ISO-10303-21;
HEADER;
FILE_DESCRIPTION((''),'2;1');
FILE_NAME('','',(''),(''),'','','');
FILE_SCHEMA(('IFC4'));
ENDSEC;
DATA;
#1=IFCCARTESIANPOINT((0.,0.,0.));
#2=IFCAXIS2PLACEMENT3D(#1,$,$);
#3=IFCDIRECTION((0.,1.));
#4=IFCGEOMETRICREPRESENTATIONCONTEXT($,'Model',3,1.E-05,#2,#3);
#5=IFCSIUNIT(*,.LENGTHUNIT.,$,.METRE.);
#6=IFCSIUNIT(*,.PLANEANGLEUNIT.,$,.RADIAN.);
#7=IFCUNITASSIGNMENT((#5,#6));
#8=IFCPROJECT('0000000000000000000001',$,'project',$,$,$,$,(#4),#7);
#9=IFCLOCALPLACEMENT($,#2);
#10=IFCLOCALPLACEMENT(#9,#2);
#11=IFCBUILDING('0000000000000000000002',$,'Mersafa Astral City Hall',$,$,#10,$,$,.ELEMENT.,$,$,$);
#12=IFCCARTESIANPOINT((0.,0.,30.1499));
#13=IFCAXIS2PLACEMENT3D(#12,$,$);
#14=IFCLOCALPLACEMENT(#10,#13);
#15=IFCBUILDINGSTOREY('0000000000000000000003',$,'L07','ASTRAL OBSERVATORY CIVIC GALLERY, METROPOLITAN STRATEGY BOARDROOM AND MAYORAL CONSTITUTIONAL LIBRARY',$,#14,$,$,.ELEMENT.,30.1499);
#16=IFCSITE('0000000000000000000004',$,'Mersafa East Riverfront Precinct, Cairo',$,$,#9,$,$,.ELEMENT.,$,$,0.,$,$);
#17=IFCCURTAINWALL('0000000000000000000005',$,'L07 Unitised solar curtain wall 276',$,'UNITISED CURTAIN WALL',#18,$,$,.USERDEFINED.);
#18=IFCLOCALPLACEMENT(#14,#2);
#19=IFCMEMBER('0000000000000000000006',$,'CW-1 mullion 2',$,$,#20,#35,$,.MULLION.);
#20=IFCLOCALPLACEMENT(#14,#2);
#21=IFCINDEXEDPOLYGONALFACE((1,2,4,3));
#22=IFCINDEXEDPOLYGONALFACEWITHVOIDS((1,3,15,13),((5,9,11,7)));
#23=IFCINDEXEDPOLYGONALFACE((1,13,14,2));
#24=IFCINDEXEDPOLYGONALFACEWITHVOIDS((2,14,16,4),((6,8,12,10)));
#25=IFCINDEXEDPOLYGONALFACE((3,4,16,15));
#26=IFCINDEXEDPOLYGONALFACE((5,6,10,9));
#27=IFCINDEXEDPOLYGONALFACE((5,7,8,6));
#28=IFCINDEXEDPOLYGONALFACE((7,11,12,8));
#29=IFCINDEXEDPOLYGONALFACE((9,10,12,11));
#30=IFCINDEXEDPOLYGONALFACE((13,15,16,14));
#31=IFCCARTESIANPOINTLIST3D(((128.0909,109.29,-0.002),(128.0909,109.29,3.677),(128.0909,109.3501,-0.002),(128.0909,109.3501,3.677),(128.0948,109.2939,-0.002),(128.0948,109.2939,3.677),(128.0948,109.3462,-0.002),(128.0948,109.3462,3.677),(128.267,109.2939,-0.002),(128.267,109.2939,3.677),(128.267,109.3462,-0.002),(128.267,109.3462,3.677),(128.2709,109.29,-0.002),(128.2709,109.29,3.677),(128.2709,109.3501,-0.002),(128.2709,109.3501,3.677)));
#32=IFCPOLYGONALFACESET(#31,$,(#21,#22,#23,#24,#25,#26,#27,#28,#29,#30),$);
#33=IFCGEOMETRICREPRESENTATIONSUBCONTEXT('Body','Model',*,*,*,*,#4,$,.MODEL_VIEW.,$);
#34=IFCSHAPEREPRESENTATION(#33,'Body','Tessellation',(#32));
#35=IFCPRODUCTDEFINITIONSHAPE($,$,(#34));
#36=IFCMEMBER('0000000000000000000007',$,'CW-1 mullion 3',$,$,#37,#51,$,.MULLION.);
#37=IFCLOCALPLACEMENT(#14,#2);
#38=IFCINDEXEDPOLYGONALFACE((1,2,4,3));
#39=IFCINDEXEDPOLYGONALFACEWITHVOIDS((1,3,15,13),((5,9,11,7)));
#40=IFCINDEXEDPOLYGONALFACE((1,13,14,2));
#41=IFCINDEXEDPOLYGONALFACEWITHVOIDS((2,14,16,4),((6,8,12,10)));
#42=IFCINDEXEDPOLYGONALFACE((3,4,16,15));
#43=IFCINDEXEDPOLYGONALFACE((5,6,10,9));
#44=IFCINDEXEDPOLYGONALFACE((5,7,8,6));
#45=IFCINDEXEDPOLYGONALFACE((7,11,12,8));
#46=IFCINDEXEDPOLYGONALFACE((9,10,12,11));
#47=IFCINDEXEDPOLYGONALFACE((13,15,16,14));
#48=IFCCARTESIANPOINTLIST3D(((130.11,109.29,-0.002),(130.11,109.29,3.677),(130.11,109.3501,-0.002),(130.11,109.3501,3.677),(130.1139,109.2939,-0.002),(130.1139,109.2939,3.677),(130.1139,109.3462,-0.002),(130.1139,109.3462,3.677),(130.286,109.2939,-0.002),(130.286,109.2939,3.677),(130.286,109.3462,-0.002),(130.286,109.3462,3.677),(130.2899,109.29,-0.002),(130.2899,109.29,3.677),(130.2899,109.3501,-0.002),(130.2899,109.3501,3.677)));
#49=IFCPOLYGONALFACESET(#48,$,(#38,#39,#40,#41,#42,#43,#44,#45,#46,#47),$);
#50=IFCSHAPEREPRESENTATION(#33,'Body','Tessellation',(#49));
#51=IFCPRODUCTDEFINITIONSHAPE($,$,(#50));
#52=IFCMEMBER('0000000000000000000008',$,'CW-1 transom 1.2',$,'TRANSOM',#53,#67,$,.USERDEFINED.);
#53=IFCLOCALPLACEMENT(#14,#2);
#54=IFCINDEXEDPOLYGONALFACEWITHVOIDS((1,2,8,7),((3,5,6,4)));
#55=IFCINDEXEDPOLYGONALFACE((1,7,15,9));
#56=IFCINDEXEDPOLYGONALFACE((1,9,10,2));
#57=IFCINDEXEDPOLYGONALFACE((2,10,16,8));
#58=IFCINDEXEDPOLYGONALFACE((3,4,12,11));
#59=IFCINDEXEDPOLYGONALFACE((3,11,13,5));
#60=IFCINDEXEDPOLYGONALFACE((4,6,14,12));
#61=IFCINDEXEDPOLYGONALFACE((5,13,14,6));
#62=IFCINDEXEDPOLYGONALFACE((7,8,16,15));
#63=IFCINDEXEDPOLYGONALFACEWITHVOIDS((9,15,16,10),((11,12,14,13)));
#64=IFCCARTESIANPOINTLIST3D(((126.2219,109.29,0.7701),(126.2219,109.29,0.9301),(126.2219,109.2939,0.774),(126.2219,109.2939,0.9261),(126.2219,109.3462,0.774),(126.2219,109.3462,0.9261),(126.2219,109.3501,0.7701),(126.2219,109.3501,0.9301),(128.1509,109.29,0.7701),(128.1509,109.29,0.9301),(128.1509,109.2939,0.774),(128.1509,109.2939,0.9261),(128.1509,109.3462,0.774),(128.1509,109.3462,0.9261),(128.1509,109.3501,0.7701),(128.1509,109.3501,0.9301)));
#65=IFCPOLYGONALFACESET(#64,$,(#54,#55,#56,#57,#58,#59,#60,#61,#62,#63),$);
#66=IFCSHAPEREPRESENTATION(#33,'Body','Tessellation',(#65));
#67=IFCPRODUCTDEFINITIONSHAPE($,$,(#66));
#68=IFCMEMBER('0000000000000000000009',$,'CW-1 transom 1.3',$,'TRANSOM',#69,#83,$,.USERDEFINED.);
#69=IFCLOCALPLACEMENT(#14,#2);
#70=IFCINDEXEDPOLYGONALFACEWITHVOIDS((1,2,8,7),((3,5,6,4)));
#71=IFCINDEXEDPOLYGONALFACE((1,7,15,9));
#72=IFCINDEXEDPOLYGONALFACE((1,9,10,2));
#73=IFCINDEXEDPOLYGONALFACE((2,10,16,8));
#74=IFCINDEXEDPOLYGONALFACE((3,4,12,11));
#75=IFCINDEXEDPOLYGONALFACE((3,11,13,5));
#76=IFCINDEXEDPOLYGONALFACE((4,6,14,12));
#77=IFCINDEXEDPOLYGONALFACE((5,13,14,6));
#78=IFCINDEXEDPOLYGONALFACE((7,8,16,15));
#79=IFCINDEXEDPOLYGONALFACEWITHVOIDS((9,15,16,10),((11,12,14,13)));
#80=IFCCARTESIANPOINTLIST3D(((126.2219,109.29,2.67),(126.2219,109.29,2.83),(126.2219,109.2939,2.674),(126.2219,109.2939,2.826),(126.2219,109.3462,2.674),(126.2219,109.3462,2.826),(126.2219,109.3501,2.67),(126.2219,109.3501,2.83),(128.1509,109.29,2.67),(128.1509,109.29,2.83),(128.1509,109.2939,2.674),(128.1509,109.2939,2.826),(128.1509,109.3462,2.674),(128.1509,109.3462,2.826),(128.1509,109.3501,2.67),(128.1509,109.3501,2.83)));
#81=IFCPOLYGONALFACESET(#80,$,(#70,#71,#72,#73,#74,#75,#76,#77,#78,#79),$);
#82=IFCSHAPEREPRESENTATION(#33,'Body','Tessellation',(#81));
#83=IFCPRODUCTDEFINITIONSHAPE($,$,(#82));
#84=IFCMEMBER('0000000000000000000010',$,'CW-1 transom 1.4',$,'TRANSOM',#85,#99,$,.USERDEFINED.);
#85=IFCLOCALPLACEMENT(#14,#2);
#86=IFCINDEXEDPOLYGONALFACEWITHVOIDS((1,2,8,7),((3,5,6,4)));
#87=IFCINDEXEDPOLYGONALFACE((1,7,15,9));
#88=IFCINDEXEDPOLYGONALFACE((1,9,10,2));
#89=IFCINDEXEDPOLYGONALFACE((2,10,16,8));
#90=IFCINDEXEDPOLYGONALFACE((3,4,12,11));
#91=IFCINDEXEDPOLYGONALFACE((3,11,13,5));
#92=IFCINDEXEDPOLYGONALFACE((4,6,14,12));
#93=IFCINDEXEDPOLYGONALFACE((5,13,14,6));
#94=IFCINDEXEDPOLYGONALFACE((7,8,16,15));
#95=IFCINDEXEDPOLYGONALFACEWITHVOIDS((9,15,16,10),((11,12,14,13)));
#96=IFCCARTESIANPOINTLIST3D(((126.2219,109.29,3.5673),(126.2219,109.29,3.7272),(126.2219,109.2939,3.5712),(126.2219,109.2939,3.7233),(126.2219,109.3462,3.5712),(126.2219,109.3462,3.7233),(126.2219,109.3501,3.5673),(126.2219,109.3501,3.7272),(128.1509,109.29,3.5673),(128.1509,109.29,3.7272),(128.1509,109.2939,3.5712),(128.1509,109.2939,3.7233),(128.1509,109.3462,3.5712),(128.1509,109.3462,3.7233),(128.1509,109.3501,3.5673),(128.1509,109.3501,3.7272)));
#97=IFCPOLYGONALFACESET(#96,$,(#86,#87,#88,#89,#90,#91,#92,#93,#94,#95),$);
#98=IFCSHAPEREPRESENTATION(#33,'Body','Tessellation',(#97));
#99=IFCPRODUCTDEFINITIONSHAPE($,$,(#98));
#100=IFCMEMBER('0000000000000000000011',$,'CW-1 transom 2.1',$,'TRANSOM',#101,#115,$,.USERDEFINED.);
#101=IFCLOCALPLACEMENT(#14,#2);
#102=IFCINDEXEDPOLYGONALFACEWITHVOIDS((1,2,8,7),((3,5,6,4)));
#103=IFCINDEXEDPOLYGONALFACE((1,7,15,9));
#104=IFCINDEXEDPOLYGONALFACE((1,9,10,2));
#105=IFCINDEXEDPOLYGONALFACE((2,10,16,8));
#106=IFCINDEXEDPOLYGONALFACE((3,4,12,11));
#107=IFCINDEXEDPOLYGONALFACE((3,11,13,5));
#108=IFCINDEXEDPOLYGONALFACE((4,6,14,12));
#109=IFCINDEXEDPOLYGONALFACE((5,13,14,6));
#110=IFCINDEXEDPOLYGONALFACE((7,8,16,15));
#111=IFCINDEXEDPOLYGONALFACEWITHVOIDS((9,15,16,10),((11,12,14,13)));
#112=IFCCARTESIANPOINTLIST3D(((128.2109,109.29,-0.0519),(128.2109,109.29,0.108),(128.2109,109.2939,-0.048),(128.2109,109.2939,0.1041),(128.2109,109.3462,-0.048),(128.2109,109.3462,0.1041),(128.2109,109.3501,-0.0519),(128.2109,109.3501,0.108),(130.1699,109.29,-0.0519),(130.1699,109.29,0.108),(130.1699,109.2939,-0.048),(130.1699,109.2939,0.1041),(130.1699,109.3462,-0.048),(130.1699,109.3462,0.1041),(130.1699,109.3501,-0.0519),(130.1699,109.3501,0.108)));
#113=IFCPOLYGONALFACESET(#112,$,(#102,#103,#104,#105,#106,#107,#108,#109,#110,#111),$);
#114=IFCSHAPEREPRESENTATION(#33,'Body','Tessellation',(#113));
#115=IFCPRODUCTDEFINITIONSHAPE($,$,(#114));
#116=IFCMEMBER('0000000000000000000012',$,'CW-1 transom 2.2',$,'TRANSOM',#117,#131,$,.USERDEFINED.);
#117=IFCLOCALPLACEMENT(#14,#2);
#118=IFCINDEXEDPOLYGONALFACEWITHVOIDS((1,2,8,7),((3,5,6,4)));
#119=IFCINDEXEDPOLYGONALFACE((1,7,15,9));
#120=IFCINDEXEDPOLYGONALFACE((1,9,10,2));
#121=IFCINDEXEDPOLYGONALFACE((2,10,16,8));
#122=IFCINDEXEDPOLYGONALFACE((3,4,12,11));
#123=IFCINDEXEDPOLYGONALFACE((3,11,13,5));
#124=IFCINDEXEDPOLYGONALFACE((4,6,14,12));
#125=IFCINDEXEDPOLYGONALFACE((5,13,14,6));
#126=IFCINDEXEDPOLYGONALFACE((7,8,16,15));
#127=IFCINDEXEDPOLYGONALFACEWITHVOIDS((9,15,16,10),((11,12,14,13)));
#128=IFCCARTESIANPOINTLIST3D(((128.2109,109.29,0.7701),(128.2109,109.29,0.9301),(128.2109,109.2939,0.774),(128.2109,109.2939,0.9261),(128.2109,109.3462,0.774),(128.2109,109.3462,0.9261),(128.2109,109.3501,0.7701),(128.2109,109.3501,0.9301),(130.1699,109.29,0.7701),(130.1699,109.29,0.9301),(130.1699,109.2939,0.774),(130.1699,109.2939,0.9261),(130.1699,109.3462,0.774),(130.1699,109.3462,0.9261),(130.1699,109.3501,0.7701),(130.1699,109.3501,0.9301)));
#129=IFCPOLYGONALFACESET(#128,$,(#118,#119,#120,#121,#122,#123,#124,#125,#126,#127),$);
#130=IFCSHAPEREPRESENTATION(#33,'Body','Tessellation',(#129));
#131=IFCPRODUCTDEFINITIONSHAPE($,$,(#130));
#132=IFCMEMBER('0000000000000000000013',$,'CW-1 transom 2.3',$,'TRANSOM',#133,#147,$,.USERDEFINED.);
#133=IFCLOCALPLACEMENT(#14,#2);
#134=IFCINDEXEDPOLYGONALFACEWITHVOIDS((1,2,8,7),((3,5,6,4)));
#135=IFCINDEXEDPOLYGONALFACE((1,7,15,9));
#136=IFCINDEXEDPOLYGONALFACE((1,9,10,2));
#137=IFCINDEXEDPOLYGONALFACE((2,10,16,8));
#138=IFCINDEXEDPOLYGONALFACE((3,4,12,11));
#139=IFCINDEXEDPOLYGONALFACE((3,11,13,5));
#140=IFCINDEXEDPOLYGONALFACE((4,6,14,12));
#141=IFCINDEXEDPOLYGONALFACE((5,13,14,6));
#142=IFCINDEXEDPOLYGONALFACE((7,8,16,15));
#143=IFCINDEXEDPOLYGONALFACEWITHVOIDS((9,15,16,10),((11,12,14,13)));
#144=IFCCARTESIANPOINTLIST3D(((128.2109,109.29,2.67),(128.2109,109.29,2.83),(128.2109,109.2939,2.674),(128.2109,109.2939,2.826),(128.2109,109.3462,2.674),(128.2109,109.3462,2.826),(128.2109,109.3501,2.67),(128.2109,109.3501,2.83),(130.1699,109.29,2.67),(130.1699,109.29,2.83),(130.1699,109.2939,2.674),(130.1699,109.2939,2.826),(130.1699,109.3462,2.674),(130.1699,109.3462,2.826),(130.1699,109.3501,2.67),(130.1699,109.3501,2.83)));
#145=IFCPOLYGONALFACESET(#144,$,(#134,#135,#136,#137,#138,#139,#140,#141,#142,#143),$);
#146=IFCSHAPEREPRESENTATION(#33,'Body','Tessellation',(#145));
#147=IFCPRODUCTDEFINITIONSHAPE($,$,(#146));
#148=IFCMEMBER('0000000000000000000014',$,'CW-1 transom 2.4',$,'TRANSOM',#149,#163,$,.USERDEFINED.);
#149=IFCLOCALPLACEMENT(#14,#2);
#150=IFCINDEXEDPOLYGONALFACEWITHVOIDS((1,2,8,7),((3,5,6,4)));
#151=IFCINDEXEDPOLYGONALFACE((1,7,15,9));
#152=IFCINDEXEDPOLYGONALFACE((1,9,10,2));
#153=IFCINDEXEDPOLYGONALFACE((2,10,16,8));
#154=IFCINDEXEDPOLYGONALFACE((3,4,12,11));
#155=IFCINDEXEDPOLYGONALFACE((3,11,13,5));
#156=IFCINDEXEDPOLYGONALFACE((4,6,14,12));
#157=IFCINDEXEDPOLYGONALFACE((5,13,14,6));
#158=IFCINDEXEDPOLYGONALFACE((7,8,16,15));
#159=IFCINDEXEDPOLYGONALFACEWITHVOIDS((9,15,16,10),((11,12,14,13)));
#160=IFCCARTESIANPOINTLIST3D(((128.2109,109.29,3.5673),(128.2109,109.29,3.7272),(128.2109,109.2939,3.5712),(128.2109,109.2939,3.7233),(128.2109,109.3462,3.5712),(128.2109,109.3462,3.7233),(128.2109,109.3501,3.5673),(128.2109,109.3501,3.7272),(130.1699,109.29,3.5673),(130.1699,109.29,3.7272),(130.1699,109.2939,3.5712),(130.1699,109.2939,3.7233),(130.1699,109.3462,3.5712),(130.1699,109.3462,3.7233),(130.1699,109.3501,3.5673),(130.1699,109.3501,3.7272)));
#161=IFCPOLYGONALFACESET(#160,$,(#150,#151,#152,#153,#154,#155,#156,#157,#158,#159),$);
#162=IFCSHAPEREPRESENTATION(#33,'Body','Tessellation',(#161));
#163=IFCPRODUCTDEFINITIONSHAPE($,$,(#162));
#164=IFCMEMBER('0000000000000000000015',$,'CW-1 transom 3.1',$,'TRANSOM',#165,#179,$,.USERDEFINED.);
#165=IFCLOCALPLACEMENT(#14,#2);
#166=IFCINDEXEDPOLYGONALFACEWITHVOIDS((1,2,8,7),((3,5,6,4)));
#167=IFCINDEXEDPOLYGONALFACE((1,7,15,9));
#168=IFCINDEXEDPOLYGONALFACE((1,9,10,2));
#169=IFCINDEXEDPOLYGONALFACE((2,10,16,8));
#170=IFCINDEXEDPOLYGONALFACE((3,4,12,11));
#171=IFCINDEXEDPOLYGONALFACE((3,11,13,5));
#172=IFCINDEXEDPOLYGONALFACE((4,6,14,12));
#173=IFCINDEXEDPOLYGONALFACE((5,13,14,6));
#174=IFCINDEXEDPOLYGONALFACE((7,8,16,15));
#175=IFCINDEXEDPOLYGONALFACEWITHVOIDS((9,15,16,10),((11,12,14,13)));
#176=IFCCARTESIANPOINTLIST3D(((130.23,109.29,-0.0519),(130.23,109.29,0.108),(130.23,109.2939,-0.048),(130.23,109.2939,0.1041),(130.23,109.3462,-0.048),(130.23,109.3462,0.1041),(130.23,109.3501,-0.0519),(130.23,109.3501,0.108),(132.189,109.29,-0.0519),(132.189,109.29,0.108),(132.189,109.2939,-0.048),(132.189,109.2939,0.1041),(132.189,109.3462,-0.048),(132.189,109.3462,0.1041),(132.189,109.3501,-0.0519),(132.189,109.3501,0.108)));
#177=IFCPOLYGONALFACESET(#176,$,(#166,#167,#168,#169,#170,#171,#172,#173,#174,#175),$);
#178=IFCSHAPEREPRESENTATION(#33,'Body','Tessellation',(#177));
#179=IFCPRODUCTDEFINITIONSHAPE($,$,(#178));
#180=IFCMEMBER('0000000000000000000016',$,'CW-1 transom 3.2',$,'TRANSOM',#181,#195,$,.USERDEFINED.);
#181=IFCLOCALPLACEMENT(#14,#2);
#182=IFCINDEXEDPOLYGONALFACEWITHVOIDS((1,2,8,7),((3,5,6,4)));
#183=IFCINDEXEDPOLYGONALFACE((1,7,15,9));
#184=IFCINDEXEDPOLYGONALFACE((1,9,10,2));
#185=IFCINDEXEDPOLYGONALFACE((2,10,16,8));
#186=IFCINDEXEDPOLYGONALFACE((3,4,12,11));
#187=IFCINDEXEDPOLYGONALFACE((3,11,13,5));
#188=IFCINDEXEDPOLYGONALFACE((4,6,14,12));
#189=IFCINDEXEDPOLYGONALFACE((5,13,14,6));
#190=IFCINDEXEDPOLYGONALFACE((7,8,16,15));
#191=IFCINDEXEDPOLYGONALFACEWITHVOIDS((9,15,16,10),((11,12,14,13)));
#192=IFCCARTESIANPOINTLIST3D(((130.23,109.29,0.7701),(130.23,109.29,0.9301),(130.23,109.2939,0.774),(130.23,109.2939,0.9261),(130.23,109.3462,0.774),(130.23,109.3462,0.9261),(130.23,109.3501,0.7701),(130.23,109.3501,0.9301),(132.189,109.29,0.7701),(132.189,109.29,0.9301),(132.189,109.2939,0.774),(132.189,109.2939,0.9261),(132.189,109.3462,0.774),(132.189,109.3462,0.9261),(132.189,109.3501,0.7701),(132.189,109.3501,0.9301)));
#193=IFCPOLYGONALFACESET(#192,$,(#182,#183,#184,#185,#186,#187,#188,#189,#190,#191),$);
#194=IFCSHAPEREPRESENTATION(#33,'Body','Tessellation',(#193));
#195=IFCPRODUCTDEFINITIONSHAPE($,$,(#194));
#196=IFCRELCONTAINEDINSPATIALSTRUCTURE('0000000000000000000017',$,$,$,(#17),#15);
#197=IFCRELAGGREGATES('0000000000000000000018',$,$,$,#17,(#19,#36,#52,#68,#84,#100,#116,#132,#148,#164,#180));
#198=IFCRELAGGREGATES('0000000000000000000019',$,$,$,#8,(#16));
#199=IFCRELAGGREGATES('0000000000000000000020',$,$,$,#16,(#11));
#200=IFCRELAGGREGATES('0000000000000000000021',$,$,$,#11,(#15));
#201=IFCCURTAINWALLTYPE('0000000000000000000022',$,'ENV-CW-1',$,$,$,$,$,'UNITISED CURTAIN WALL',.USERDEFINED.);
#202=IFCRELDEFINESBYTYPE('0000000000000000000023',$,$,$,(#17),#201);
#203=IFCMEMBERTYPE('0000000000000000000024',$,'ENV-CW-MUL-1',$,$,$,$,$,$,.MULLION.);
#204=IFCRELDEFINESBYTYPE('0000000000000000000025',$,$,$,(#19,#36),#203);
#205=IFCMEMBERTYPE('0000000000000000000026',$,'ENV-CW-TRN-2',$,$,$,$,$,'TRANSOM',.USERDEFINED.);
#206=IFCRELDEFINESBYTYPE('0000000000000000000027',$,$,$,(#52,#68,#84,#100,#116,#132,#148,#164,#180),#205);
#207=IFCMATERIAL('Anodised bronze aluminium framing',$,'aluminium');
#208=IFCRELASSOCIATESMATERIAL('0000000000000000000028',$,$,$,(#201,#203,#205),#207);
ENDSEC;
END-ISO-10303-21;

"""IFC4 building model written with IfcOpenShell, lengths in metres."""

from ifc_helpers import new_model, si_unit, direction, frame, origin, origin_2d, place, context, subcontext, project, spatial, hollow_rectangle, extrude, material, material_profile, profile_set, type_object, element, aggregate, save


model = new_model("IFC4")

# Units and contexts
model_context = context("Model", 3, precision=1e-05, world=origin(), true_north=direction((0.0, 1.0)))
body_context = subcontext(model_context, "Body", "Model", "MODEL_VIEW")
ifc_project = project(units=[si_unit("LENGTHUNIT", "METRE"), si_unit("PLANEANGLEUNIT", "RADIAN")], contexts=[model_context])

# Site, building, storey
site_placement = place(None, origin())
site = spatial("IfcSite", under=ifc_project, at=site_placement, Name="Mersafa East Riverfront Precinct, Cairo", CompositionType="ELEMENT", RefElevation=0.0)
building_placement = place(site_placement, origin())
building = spatial("IfcBuilding", under=site, at=building_placement, Name="Mersafa Astral City Hall", CompositionType="ELEMENT")
storey_placement = place(building_placement, frame((0.0, 0.0, 30.1499)))
storey = spatial("IfcBuildingStorey", under=building, at=storey_placement, Name="L07", Description="ASTRAL OBSERVATORY CIVIC GALLERY, METROPOLITAN STRATEGY BOARDROOM AND MAYORAL CONSTITUTIONAL LIBRARY", CompositionType="ELEMENT", Elevation=30.1499)

# Curtain wall, members
ifc_material_1 = material(Name="Anodised bronze aluminium framing", Category="aluminium")
curtain_wall_type = type_object("IfcCurtainWallType", Name="ENV-CW-1", ElementType="UNITISED CURTAIN WALL", PredefinedType="USERDEFINED", material=ifc_material_1)
curtain_wall_placement = place(storey_placement, origin())
curtain_wall = element("IfcCurtainWall", 1, at=curtain_wall_placement, inside=storey, type_object=curtain_wall_type, Name="L07 Unitised solar curtain wall 276", ObjectType="UNITISED CURTAIN WALL", PredefinedType="USERDEFINED")
ifc_material_profile_1 = material_profile(ifc_material_1, hollow_rectangle(XDim=0.0601, YDim=0.1799, WallThickness=0.0039, at=origin_2d()), Name="RHS 60x180x4")
ifc_profile_set_1 = profile_set([ifc_material_profile_1], Name="Anodised bronze aluminium framing")
member_type_1 = type_object("IfcMemberType", Name="ENV-CW-MUL-1", PredefinedType="MULLION", material=ifc_profile_set_1)
member_1_placement = place(storey_placement, frame((128.1809, 109.3201, -0.002), z_axis=(0.0, 0.0, 1.0), x_axis=(0.0, 1.0, 0.0)))
member_1 = element("IfcMember", 2, at=member_1_placement, type_object=member_type_1, Name="CW-1 mullion 2", PredefinedType="MULLION", context=body_context, shape_type="SweptSolid", body=[
    extrude(hollow_rectangle(XDim=0.0601, YDim=0.1799, WallThickness=0.0039, at=origin_2d()), origin(), (0.0, 0.0, 1.0), 3.679),
])
member_2_placement = place(storey_placement, frame((130.2, 109.3201, -0.002), z_axis=(0.0, 0.0, 1.0), x_axis=(0.0, 1.0, 0.0)))
member_2 = element("IfcMember", 3, at=member_2_placement, type_object=member_type_1, Name="CW-1 mullion 3", PredefinedType="MULLION", context=body_context, shape_type="SweptSolid", body=[
    extrude(hollow_rectangle(XDim=0.0601, YDim=0.1799, WallThickness=0.0039, at=origin_2d()), origin(), (0.0, 0.0, 1.0), 3.679),
])
ifc_material_profile_2 = material_profile(ifc_material_1, hollow_rectangle(XDim=0.0601, YDim=0.1599, WallThickness=0.0039, at=origin_2d()), Name="RHS 60x160x4")
ifc_profile_set_2 = profile_set([ifc_material_profile_2], Name="Anodised bronze aluminium framing")
member_type_2 = type_object("IfcMemberType", Name="ENV-CW-TRN-2", ElementType="TRANSOM", PredefinedType="USERDEFINED", material=ifc_profile_set_2)
member_3_placement = place(storey_placement, frame((126.2219, 109.3201, 0.8501), z_axis=(1.0, 0.0, 0.0), x_axis=(0.0, 1.0, 0.0)))
member_3 = element("IfcMember", 4, at=member_3_placement, type_object=member_type_2, Name="CW-1 transom 1.2", ObjectType="TRANSOM", PredefinedType="USERDEFINED", context=body_context, shape_type="SweptSolid", body=[
    extrude(hollow_rectangle(XDim=0.0601, YDim=0.1599, WallThickness=0.0039, at=origin_2d()), origin(), (0.0, 0.0, 1.0), 1.929),
])
member_4_placement = place(storey_placement, frame((126.2219, 109.3201, 2.75), z_axis=(1.0, 0.0, 0.0), x_axis=(0.0, 1.0, 0.0)))
member_4 = element("IfcMember", 5, at=member_4_placement, type_object=member_type_2, Name="CW-1 transom 1.3", ObjectType="TRANSOM", PredefinedType="USERDEFINED", context=body_context, shape_type="SweptSolid", body=[
    extrude(hollow_rectangle(XDim=0.0601, YDim=0.1599, WallThickness=0.0039, at=origin_2d()), origin(), (0.0, 0.0, 1.0), 1.929),
])
member_5_placement = place(storey_placement, frame((126.2219, 109.3201, 3.6472), z_axis=(1.0, 0.0, 0.0), x_axis=(0.0, 1.0, 0.0)))
member_5 = element("IfcMember", 6, at=member_5_placement, type_object=member_type_2, Name="CW-1 transom 1.4", ObjectType="TRANSOM", PredefinedType="USERDEFINED", context=body_context, shape_type="SweptSolid", body=[
    extrude(hollow_rectangle(XDim=0.0601, YDim=0.1599, WallThickness=0.0039, at=origin_2d()), origin(), (0.0, 0.0, 1.0), 1.929),
])
member_6_placement = place(storey_placement, frame((128.2109, 109.3201, 0.0281), z_axis=(1.0, 0.0, 0.0), x_axis=(0.0, 1.0, 0.0)))
member_6 = element("IfcMember", 7, at=member_6_placement, type_object=member_type_2, Name="CW-1 transom 2.1", ObjectType="TRANSOM", PredefinedType="USERDEFINED", context=body_context, shape_type="SweptSolid", body=[
    extrude(hollow_rectangle(XDim=0.0601, YDim=0.1599, WallThickness=0.0039, at=origin_2d()), origin(), (0.0, 0.0, 1.0), 1.959),
])
member_7_placement = place(storey_placement, frame((128.2109, 109.3201, 0.8501), z_axis=(1.0, 0.0, 0.0), x_axis=(0.0, 1.0, 0.0)))
member_7 = element("IfcMember", 8, at=member_7_placement, type_object=member_type_2, Name="CW-1 transom 2.2", ObjectType="TRANSOM", PredefinedType="USERDEFINED", context=body_context, shape_type="SweptSolid", body=[
    extrude(hollow_rectangle(XDim=0.0601, YDim=0.1599, WallThickness=0.0039, at=origin_2d()), origin(), (0.0, 0.0, 1.0), 1.959),
])
member_8_placement = place(storey_placement, frame((128.2109, 109.3201, 2.75), z_axis=(1.0, 0.0, 0.0), x_axis=(0.0, 1.0, 0.0)))
member_8 = element("IfcMember", 9, at=member_8_placement, type_object=member_type_2, Name="CW-1 transom 2.3", ObjectType="TRANSOM", PredefinedType="USERDEFINED", context=body_context, shape_type="SweptSolid", body=[
    extrude(hollow_rectangle(XDim=0.0601, YDim=0.1599, WallThickness=0.0039, at=origin_2d()), origin(), (0.0, 0.0, 1.0), 1.959),
])
member_9_placement = place(storey_placement, frame((128.2109, 109.3201, 3.6472), z_axis=(1.0, 0.0, 0.0), x_axis=(0.0, 1.0, 0.0)))
member_9 = element("IfcMember", 10, at=member_9_placement, type_object=member_type_2, Name="CW-1 transom 2.4", ObjectType="TRANSOM", PredefinedType="USERDEFINED", context=body_context, shape_type="SweptSolid", body=[
    extrude(hollow_rectangle(XDim=0.0601, YDim=0.1599, WallThickness=0.0039, at=origin_2d()), origin(), (0.0, 0.0, 1.0), 1.959),
])
member_10_placement = place(storey_placement, frame((130.23, 109.3201, 0.0281), z_axis=(1.0, 0.0, 0.0), x_axis=(0.0, 1.0, 0.0)))
member_10 = element("IfcMember", 11, at=member_10_placement, type_object=member_type_2, Name="CW-1 transom 3.1", ObjectType="TRANSOM", PredefinedType="USERDEFINED", context=body_context, shape_type="SweptSolid", body=[
    extrude(hollow_rectangle(XDim=0.0601, YDim=0.1599, WallThickness=0.0039, at=origin_2d()), origin(), (0.0, 0.0, 1.0), 1.959),
])
member_11_placement = place(storey_placement, frame((130.23, 109.3201, 0.8501), z_axis=(1.0, 0.0, 0.0), x_axis=(0.0, 1.0, 0.0)))
member_11 = element("IfcMember", 12, at=member_11_placement, type_object=member_type_2, Name="CW-1 transom 3.2", ObjectType="TRANSOM", PredefinedType="USERDEFINED", context=body_context, shape_type="SweptSolid", body=[
    extrude(hollow_rectangle(XDim=0.0601, YDim=0.1599, WallThickness=0.0039, at=origin_2d()), origin(), (0.0, 0.0, 1.0), 1.959),
])

aggregate(curtain_wall, [member_1, member_2, member_3, member_4, member_5, member_6, member_7, member_8, member_9, member_10, member_11])

save(model, "model.ifc")
